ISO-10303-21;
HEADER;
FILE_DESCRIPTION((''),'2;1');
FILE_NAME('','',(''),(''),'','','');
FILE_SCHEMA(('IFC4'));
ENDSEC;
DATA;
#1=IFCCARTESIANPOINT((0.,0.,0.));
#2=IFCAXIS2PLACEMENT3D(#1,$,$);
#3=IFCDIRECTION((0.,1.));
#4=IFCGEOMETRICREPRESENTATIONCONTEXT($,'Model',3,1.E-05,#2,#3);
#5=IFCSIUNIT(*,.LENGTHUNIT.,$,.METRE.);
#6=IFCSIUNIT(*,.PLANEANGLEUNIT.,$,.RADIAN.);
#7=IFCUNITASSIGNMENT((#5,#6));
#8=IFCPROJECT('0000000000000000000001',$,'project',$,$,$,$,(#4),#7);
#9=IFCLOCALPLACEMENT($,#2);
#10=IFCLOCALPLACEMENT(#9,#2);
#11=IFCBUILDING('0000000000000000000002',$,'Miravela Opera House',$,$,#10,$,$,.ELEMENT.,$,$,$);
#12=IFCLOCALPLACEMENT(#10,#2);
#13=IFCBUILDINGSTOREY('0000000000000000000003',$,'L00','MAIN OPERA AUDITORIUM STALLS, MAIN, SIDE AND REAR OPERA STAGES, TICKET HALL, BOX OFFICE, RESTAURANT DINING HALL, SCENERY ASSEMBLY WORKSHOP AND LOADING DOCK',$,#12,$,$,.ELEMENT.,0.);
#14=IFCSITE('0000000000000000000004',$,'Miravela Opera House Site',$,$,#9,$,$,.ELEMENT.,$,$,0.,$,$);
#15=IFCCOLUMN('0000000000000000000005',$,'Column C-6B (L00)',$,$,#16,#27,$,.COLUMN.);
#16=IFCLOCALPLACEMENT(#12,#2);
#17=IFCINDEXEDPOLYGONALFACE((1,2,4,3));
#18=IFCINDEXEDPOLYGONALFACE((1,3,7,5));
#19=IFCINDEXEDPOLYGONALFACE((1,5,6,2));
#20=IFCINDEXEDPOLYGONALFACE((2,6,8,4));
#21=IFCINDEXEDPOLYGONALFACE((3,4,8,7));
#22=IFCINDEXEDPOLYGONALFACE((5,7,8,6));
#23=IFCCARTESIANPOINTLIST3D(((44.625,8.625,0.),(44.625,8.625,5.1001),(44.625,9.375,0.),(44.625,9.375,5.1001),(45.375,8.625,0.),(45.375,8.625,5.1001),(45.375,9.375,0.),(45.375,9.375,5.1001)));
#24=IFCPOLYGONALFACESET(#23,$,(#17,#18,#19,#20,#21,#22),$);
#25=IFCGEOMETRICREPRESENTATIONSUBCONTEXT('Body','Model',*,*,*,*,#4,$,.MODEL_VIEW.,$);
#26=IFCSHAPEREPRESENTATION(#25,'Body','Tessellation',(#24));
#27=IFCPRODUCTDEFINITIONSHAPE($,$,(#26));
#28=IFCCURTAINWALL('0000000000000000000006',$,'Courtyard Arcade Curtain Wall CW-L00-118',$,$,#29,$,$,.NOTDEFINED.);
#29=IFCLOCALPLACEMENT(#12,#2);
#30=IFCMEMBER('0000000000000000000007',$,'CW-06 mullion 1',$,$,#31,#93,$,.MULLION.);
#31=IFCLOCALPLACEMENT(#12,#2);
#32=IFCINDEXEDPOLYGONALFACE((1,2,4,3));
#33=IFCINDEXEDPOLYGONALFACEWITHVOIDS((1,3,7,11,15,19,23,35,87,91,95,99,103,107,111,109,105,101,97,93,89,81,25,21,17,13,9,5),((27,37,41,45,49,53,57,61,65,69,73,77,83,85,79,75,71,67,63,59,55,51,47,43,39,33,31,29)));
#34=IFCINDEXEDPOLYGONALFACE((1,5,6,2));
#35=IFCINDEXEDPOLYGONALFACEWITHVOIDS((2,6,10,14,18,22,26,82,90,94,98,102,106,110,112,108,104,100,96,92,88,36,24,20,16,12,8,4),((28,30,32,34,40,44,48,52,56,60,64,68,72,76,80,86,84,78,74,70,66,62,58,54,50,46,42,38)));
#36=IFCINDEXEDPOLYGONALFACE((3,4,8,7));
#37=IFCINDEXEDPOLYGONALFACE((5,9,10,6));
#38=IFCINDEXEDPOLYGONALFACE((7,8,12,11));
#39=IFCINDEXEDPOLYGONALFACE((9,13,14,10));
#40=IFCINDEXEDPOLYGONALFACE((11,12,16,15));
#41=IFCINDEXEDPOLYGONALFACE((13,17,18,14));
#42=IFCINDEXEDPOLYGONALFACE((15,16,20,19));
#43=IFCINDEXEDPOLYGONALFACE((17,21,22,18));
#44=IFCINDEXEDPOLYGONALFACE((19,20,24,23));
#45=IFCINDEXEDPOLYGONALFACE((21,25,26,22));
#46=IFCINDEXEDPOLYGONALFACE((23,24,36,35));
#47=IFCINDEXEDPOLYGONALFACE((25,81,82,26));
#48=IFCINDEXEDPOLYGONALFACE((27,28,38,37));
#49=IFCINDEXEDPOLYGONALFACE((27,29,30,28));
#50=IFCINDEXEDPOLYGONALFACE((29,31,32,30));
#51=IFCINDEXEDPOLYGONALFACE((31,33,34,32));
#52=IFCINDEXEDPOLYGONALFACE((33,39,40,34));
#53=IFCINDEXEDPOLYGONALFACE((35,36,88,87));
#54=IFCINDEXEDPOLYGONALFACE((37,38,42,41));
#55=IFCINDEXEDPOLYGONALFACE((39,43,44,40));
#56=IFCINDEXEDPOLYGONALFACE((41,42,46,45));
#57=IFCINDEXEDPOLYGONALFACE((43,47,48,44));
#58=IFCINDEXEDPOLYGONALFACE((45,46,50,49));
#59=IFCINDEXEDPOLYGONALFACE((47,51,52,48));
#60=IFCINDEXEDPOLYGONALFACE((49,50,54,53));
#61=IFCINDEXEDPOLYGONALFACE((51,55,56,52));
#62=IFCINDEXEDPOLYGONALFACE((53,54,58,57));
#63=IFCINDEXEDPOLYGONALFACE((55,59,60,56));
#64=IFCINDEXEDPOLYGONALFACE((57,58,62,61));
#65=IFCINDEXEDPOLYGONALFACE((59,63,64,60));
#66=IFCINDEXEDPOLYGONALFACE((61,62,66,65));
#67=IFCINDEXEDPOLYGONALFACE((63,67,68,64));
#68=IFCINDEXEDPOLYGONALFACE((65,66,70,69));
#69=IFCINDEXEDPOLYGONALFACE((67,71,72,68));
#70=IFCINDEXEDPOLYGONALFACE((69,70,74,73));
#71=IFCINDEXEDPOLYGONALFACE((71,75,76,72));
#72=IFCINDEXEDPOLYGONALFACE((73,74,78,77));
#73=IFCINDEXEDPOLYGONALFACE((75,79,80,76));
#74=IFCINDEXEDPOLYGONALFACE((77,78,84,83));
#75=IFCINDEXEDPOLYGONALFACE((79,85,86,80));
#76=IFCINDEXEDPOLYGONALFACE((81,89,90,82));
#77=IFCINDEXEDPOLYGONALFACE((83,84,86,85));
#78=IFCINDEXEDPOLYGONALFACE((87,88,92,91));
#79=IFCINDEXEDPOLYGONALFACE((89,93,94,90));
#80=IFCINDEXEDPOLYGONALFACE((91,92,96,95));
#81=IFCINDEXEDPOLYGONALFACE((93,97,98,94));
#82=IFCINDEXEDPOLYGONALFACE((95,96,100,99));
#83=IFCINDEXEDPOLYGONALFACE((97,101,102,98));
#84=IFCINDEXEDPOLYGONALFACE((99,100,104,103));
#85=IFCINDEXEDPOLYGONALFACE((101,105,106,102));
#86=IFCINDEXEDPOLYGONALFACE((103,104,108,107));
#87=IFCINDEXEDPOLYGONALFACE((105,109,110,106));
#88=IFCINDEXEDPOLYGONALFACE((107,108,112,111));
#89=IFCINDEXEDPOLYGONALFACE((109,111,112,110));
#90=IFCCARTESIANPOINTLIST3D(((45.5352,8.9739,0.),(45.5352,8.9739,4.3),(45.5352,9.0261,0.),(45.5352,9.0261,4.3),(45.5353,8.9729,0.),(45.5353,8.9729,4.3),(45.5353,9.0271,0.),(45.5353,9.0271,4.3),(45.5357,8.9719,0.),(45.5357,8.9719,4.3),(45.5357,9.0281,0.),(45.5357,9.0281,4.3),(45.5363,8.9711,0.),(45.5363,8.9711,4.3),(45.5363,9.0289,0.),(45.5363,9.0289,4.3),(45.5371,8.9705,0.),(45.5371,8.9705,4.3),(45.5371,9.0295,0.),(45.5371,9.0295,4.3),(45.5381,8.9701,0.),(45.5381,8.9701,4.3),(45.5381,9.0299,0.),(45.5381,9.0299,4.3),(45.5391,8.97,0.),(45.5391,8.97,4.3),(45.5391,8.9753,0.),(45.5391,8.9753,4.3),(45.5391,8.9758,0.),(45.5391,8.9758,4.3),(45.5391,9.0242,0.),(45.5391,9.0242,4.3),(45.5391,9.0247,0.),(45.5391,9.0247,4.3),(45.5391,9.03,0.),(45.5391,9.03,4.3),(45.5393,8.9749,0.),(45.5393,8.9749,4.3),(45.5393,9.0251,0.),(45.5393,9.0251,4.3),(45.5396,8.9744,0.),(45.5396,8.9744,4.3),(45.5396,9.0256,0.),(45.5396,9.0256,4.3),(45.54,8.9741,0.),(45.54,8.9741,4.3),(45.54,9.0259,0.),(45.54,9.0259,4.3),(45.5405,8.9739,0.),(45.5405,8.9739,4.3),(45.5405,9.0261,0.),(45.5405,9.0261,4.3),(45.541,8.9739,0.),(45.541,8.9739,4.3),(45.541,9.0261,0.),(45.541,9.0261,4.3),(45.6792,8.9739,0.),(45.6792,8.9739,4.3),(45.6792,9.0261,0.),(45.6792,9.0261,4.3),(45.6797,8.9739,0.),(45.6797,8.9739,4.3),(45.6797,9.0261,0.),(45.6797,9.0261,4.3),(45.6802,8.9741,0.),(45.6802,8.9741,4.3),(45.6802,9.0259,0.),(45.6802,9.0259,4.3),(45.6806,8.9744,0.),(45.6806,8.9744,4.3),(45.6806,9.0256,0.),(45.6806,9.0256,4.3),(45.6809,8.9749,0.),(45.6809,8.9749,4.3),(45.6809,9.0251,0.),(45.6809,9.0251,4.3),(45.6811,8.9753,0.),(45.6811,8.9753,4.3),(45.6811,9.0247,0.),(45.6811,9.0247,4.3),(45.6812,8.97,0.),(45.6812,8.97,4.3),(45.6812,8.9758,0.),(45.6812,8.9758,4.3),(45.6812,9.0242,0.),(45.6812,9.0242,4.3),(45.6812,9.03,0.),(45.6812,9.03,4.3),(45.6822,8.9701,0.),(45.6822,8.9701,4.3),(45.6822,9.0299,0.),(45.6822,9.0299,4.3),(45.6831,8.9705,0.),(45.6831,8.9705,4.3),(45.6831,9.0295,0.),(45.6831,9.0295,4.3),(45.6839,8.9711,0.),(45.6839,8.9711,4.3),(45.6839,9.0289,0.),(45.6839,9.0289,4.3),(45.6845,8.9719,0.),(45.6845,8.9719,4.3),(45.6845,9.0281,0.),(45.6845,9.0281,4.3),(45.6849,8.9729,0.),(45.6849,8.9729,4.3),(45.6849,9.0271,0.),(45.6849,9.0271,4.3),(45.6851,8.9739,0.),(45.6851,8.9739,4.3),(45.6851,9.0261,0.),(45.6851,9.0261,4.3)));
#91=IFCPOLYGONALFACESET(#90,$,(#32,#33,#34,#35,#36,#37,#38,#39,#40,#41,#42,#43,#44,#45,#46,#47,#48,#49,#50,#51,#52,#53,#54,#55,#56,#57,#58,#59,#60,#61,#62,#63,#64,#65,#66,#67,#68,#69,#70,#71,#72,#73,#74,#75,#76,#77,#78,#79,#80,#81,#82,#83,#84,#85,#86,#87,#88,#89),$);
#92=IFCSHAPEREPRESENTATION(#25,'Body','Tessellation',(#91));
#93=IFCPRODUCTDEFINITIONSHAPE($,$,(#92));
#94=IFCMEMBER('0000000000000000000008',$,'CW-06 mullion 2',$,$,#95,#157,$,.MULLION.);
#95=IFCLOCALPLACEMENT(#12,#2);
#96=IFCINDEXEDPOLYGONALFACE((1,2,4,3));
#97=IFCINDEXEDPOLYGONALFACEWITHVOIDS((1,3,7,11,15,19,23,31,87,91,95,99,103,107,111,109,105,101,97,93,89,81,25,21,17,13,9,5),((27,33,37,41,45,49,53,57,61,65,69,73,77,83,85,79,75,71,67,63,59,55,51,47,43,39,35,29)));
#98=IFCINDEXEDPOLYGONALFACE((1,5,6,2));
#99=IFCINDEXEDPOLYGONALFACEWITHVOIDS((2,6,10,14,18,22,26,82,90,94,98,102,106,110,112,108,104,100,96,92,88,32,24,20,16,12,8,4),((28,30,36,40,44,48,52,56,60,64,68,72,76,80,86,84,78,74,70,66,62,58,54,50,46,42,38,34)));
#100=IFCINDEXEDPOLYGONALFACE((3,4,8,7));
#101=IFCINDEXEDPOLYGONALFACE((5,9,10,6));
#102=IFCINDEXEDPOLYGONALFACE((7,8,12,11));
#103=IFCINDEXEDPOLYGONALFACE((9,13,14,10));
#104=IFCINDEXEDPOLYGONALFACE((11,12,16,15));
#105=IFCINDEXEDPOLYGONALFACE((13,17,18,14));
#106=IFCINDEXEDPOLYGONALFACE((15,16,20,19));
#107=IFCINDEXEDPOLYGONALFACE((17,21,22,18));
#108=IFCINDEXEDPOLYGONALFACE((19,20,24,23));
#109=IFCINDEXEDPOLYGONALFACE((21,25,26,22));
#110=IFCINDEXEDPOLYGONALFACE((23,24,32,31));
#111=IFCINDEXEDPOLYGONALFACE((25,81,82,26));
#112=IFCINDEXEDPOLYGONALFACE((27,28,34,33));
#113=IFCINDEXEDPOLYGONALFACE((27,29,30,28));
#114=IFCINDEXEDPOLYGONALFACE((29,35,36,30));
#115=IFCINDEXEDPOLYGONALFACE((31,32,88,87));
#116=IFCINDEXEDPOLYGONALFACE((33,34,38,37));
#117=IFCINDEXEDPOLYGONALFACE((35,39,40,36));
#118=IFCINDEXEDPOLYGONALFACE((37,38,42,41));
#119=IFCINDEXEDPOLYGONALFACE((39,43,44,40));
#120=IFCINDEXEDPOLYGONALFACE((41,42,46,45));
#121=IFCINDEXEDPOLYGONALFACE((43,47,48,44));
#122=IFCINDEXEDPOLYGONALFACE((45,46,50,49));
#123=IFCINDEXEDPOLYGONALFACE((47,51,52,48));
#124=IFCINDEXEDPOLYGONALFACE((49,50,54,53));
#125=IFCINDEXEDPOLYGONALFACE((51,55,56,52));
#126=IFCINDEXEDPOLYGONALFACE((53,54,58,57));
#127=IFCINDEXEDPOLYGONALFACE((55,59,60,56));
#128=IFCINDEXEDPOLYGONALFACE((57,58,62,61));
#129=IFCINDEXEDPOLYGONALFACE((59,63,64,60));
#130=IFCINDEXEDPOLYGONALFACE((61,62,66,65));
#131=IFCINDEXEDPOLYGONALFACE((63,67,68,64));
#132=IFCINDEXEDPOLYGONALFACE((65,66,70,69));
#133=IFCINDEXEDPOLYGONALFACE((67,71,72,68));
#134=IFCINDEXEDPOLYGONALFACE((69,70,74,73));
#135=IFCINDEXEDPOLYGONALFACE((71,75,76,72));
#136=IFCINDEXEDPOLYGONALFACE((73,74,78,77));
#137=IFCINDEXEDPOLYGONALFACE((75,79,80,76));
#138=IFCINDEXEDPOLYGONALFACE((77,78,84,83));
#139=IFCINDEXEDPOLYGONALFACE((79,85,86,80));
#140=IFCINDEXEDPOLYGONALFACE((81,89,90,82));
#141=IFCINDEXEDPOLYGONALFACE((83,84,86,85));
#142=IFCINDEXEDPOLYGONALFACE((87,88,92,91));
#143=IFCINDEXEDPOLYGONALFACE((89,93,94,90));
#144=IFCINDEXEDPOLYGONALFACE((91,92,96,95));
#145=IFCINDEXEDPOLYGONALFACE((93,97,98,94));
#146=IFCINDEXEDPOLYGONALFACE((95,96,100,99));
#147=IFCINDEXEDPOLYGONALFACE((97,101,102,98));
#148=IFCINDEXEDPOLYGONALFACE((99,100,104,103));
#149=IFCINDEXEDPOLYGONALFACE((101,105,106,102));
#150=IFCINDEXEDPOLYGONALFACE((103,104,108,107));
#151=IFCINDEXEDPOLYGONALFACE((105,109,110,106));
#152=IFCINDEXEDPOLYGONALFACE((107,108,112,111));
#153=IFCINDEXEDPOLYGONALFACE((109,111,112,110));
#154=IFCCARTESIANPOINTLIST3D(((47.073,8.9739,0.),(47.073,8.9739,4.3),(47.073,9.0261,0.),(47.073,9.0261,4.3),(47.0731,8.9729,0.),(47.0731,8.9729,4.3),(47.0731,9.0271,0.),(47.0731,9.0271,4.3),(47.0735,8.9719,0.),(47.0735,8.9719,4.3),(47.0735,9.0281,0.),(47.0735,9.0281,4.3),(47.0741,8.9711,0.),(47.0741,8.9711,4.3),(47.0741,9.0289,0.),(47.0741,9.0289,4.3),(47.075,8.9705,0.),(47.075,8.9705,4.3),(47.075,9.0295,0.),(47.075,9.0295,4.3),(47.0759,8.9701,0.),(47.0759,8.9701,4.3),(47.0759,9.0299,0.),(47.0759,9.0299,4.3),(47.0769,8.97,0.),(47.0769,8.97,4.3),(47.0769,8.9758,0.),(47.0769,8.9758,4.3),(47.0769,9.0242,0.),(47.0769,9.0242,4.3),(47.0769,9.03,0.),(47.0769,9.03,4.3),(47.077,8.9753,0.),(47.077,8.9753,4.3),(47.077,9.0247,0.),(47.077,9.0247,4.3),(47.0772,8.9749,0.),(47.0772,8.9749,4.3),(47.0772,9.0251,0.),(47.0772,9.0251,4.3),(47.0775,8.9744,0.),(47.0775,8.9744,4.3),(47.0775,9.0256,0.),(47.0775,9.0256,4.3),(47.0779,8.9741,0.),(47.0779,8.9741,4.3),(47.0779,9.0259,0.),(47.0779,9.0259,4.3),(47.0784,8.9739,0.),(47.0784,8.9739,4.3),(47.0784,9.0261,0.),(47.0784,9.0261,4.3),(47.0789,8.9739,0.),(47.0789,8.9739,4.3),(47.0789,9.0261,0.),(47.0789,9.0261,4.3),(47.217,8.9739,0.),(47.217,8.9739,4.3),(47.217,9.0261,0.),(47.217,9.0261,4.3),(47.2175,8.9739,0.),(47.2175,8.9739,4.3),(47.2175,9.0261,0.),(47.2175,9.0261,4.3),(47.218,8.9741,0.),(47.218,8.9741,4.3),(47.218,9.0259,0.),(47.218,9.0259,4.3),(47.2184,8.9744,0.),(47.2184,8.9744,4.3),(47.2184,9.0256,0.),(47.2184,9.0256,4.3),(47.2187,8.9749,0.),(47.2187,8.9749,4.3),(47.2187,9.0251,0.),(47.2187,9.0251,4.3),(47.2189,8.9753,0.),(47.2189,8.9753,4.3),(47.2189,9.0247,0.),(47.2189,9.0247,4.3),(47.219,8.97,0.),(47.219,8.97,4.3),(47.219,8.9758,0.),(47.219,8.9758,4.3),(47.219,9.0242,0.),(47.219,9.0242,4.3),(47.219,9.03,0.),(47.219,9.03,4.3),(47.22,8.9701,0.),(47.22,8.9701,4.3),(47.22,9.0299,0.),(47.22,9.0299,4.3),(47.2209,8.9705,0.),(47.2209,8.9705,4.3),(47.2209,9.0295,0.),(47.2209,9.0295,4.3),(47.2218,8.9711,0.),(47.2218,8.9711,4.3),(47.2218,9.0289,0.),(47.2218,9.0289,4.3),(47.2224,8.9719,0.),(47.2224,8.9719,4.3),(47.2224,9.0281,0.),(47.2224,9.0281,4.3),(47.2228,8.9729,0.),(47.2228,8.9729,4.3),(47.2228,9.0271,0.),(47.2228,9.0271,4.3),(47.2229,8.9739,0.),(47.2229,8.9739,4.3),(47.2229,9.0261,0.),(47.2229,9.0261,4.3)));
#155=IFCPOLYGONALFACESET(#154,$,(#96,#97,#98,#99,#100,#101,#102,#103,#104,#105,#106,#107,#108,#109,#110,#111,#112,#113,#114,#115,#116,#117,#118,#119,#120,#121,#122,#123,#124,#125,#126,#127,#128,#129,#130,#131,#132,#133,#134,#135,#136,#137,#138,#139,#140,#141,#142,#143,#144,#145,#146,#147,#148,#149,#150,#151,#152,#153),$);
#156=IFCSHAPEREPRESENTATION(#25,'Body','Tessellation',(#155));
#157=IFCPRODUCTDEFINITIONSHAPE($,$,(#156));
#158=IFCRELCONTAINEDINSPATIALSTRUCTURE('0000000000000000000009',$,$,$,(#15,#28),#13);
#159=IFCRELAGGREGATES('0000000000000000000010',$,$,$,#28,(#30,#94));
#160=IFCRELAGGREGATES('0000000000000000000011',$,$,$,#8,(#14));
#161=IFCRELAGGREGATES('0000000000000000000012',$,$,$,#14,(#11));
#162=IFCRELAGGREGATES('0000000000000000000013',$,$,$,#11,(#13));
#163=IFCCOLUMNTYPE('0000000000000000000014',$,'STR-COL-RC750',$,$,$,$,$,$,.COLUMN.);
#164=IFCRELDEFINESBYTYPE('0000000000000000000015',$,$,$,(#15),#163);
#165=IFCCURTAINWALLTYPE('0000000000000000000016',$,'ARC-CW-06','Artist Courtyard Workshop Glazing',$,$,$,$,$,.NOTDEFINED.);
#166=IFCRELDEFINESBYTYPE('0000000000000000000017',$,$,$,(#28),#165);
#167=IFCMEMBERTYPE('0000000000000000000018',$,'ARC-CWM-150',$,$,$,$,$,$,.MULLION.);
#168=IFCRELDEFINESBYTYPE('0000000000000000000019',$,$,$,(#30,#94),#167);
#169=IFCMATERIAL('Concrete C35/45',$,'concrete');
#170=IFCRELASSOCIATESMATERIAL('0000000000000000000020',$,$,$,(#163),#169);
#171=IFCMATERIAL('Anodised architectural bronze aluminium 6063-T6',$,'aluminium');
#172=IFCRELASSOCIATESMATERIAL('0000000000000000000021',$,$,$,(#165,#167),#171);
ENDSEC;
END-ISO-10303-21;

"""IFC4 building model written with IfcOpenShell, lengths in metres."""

from ifc_helpers import new_model, si_unit, direction, frame, origin, origin_2d, place, context, subcontext, project, spatial, rectangle, hollow_rectangle, extrude, material, material_profile, profile_set, type_object, element, aggregate, save


model = new_model("IFC4")

# Units and contexts
model_context = context("Model", 3, precision=1e-05, world=origin(), true_north=direction((0.0, 1.0)))
body_context = subcontext(model_context, "Body", "Model", "MODEL_VIEW")
ifc_project = project(units=[si_unit("LENGTHUNIT", "METRE"), si_unit("PLANEANGLEUNIT", "RADIAN")], contexts=[model_context])

# Site, building, storey
site_placement = place(None, origin())
site = spatial("IfcSite", under=ifc_project, at=site_placement, Name="Miravela Opera House Site", CompositionType="ELEMENT", RefElevation=0.0)
building_placement = place(site_placement, origin())
building = spatial("IfcBuilding", under=site, at=building_placement, Name="Miravela Opera House", CompositionType="ELEMENT")
storey_placement = place(building_placement, origin())
storey = spatial("IfcBuildingStorey", under=building, at=storey_placement, Name="L00", Description="MAIN OPERA AUDITORIUM STALLS, MAIN, SIDE AND REAR OPERA STAGES, TICKET HALL, BOX OFFICE, RESTAURANT DINING HALL, SCENERY ASSEMBLY WORKSHOP AND LOADING DOCK", CompositionType="ELEMENT", Elevation=0.0)

# Column
ifc_material_1 = material(Name="Concrete C35/45", Category="concrete")
ifc_material_profile_1 = material_profile(ifc_material_1, rectangle(XDim=0.75, YDim=0.75, at=origin_2d()), Name="RC-COL-750X750")
ifc_profile_set_1 = profile_set([ifc_material_profile_1])
column_type = type_object("IfcColumnType", Name="STR-COL-RC750", PredefinedType="COLUMN", material=ifc_profile_set_1)
column_placement = place(storey_placement, frame((45.0, 9.0, 0.0), z_axis=(0.0, 0.0, 1.0), x_axis=(1.0, 0.0, 0.0)))
element("IfcColumn", 1, at=column_placement, inside=storey, type_object=column_type, Name="Column C-6B (L00)", PredefinedType="COLUMN", context=body_context, shape_type="SweptSolid", body=[
    extrude(rectangle(XDim=0.75, YDim=0.75, at=origin_2d()), origin(), (0.0, 0.0, 1.0), 5.1001),
])

# Curtain wall, members
ifc_material_2 = material(Name="Anodised architectural bronze aluminium 6063-T6", Category="aluminium")
curtain_wall_type = type_object("IfcCurtainWallType", Name="ARC-CW-06", Description="Artist Courtyard Workshop Glazing", PredefinedType="NOTDEFINED", material=ifc_material_2)
curtain_wall_placement = place(storey_placement, origin())
curtain_wall = element("IfcCurtainWall", 2, at=curtain_wall_placement, inside=storey, type_object=curtain_wall_type, Name="Courtyard Arcade Curtain Wall CW-L00-118", PredefinedType="NOTDEFINED")
ifc_material_profile_2 = material_profile(ifc_material_2, hollow_rectangle(XDim=0.0601, YDim=0.1499, WallThickness=0.0039, InnerFilletRadius=0.002, OuterFilletRadius=0.0039, at=origin_2d()), Name="CWM-60X150")
ifc_profile_set_2 = profile_set([ifc_material_profile_2])
member_type_1 = type_object("IfcMemberType", Name="ARC-CWM-150", PredefinedType="MULLION", material=ifc_profile_set_2)
member_1_placement = place(storey_placement, frame((45.6101, 9.0, 0.0), z_axis=(0.0, 0.0, 1.0), x_axis=(0.0, 1.0, 0.0)))
member_1 = element("IfcMember", 3, at=member_1_placement, type_object=member_type_1, Name="CW-06 mullion 1", PredefinedType="MULLION", context=body_context, shape_type="SweptSolid", body=[
    extrude(hollow_rectangle(XDim=0.0601, YDim=0.1499, WallThickness=0.0039, InnerFilletRadius=0.002, OuterFilletRadius=0.0039, at=origin_2d()), origin(), (0.0, 0.0, 1.0), 4.3),
])
member_2_placement = place(storey_placement, frame((47.1479, 9.0, 0.0), z_axis=(0.0, 0.0, 1.0), x_axis=(0.0, 1.0, 0.0)))
member_2 = element("IfcMember", 4, at=member_2_placement, type_object=member_type_1, Name="CW-06 mullion 2", PredefinedType="MULLION", context=body_context, shape_type="SweptSolid", body=[
    extrude(hollow_rectangle(XDim=0.0601, YDim=0.1499, WallThickness=0.0039, InnerFilletRadius=0.002, OuterFilletRadius=0.0039, at=origin_2d()), origin(), (0.0, 0.0, 1.0), 4.3),
])

aggregate(curtain_wall, [member_1, member_2])

save(model, "model.ifc")
